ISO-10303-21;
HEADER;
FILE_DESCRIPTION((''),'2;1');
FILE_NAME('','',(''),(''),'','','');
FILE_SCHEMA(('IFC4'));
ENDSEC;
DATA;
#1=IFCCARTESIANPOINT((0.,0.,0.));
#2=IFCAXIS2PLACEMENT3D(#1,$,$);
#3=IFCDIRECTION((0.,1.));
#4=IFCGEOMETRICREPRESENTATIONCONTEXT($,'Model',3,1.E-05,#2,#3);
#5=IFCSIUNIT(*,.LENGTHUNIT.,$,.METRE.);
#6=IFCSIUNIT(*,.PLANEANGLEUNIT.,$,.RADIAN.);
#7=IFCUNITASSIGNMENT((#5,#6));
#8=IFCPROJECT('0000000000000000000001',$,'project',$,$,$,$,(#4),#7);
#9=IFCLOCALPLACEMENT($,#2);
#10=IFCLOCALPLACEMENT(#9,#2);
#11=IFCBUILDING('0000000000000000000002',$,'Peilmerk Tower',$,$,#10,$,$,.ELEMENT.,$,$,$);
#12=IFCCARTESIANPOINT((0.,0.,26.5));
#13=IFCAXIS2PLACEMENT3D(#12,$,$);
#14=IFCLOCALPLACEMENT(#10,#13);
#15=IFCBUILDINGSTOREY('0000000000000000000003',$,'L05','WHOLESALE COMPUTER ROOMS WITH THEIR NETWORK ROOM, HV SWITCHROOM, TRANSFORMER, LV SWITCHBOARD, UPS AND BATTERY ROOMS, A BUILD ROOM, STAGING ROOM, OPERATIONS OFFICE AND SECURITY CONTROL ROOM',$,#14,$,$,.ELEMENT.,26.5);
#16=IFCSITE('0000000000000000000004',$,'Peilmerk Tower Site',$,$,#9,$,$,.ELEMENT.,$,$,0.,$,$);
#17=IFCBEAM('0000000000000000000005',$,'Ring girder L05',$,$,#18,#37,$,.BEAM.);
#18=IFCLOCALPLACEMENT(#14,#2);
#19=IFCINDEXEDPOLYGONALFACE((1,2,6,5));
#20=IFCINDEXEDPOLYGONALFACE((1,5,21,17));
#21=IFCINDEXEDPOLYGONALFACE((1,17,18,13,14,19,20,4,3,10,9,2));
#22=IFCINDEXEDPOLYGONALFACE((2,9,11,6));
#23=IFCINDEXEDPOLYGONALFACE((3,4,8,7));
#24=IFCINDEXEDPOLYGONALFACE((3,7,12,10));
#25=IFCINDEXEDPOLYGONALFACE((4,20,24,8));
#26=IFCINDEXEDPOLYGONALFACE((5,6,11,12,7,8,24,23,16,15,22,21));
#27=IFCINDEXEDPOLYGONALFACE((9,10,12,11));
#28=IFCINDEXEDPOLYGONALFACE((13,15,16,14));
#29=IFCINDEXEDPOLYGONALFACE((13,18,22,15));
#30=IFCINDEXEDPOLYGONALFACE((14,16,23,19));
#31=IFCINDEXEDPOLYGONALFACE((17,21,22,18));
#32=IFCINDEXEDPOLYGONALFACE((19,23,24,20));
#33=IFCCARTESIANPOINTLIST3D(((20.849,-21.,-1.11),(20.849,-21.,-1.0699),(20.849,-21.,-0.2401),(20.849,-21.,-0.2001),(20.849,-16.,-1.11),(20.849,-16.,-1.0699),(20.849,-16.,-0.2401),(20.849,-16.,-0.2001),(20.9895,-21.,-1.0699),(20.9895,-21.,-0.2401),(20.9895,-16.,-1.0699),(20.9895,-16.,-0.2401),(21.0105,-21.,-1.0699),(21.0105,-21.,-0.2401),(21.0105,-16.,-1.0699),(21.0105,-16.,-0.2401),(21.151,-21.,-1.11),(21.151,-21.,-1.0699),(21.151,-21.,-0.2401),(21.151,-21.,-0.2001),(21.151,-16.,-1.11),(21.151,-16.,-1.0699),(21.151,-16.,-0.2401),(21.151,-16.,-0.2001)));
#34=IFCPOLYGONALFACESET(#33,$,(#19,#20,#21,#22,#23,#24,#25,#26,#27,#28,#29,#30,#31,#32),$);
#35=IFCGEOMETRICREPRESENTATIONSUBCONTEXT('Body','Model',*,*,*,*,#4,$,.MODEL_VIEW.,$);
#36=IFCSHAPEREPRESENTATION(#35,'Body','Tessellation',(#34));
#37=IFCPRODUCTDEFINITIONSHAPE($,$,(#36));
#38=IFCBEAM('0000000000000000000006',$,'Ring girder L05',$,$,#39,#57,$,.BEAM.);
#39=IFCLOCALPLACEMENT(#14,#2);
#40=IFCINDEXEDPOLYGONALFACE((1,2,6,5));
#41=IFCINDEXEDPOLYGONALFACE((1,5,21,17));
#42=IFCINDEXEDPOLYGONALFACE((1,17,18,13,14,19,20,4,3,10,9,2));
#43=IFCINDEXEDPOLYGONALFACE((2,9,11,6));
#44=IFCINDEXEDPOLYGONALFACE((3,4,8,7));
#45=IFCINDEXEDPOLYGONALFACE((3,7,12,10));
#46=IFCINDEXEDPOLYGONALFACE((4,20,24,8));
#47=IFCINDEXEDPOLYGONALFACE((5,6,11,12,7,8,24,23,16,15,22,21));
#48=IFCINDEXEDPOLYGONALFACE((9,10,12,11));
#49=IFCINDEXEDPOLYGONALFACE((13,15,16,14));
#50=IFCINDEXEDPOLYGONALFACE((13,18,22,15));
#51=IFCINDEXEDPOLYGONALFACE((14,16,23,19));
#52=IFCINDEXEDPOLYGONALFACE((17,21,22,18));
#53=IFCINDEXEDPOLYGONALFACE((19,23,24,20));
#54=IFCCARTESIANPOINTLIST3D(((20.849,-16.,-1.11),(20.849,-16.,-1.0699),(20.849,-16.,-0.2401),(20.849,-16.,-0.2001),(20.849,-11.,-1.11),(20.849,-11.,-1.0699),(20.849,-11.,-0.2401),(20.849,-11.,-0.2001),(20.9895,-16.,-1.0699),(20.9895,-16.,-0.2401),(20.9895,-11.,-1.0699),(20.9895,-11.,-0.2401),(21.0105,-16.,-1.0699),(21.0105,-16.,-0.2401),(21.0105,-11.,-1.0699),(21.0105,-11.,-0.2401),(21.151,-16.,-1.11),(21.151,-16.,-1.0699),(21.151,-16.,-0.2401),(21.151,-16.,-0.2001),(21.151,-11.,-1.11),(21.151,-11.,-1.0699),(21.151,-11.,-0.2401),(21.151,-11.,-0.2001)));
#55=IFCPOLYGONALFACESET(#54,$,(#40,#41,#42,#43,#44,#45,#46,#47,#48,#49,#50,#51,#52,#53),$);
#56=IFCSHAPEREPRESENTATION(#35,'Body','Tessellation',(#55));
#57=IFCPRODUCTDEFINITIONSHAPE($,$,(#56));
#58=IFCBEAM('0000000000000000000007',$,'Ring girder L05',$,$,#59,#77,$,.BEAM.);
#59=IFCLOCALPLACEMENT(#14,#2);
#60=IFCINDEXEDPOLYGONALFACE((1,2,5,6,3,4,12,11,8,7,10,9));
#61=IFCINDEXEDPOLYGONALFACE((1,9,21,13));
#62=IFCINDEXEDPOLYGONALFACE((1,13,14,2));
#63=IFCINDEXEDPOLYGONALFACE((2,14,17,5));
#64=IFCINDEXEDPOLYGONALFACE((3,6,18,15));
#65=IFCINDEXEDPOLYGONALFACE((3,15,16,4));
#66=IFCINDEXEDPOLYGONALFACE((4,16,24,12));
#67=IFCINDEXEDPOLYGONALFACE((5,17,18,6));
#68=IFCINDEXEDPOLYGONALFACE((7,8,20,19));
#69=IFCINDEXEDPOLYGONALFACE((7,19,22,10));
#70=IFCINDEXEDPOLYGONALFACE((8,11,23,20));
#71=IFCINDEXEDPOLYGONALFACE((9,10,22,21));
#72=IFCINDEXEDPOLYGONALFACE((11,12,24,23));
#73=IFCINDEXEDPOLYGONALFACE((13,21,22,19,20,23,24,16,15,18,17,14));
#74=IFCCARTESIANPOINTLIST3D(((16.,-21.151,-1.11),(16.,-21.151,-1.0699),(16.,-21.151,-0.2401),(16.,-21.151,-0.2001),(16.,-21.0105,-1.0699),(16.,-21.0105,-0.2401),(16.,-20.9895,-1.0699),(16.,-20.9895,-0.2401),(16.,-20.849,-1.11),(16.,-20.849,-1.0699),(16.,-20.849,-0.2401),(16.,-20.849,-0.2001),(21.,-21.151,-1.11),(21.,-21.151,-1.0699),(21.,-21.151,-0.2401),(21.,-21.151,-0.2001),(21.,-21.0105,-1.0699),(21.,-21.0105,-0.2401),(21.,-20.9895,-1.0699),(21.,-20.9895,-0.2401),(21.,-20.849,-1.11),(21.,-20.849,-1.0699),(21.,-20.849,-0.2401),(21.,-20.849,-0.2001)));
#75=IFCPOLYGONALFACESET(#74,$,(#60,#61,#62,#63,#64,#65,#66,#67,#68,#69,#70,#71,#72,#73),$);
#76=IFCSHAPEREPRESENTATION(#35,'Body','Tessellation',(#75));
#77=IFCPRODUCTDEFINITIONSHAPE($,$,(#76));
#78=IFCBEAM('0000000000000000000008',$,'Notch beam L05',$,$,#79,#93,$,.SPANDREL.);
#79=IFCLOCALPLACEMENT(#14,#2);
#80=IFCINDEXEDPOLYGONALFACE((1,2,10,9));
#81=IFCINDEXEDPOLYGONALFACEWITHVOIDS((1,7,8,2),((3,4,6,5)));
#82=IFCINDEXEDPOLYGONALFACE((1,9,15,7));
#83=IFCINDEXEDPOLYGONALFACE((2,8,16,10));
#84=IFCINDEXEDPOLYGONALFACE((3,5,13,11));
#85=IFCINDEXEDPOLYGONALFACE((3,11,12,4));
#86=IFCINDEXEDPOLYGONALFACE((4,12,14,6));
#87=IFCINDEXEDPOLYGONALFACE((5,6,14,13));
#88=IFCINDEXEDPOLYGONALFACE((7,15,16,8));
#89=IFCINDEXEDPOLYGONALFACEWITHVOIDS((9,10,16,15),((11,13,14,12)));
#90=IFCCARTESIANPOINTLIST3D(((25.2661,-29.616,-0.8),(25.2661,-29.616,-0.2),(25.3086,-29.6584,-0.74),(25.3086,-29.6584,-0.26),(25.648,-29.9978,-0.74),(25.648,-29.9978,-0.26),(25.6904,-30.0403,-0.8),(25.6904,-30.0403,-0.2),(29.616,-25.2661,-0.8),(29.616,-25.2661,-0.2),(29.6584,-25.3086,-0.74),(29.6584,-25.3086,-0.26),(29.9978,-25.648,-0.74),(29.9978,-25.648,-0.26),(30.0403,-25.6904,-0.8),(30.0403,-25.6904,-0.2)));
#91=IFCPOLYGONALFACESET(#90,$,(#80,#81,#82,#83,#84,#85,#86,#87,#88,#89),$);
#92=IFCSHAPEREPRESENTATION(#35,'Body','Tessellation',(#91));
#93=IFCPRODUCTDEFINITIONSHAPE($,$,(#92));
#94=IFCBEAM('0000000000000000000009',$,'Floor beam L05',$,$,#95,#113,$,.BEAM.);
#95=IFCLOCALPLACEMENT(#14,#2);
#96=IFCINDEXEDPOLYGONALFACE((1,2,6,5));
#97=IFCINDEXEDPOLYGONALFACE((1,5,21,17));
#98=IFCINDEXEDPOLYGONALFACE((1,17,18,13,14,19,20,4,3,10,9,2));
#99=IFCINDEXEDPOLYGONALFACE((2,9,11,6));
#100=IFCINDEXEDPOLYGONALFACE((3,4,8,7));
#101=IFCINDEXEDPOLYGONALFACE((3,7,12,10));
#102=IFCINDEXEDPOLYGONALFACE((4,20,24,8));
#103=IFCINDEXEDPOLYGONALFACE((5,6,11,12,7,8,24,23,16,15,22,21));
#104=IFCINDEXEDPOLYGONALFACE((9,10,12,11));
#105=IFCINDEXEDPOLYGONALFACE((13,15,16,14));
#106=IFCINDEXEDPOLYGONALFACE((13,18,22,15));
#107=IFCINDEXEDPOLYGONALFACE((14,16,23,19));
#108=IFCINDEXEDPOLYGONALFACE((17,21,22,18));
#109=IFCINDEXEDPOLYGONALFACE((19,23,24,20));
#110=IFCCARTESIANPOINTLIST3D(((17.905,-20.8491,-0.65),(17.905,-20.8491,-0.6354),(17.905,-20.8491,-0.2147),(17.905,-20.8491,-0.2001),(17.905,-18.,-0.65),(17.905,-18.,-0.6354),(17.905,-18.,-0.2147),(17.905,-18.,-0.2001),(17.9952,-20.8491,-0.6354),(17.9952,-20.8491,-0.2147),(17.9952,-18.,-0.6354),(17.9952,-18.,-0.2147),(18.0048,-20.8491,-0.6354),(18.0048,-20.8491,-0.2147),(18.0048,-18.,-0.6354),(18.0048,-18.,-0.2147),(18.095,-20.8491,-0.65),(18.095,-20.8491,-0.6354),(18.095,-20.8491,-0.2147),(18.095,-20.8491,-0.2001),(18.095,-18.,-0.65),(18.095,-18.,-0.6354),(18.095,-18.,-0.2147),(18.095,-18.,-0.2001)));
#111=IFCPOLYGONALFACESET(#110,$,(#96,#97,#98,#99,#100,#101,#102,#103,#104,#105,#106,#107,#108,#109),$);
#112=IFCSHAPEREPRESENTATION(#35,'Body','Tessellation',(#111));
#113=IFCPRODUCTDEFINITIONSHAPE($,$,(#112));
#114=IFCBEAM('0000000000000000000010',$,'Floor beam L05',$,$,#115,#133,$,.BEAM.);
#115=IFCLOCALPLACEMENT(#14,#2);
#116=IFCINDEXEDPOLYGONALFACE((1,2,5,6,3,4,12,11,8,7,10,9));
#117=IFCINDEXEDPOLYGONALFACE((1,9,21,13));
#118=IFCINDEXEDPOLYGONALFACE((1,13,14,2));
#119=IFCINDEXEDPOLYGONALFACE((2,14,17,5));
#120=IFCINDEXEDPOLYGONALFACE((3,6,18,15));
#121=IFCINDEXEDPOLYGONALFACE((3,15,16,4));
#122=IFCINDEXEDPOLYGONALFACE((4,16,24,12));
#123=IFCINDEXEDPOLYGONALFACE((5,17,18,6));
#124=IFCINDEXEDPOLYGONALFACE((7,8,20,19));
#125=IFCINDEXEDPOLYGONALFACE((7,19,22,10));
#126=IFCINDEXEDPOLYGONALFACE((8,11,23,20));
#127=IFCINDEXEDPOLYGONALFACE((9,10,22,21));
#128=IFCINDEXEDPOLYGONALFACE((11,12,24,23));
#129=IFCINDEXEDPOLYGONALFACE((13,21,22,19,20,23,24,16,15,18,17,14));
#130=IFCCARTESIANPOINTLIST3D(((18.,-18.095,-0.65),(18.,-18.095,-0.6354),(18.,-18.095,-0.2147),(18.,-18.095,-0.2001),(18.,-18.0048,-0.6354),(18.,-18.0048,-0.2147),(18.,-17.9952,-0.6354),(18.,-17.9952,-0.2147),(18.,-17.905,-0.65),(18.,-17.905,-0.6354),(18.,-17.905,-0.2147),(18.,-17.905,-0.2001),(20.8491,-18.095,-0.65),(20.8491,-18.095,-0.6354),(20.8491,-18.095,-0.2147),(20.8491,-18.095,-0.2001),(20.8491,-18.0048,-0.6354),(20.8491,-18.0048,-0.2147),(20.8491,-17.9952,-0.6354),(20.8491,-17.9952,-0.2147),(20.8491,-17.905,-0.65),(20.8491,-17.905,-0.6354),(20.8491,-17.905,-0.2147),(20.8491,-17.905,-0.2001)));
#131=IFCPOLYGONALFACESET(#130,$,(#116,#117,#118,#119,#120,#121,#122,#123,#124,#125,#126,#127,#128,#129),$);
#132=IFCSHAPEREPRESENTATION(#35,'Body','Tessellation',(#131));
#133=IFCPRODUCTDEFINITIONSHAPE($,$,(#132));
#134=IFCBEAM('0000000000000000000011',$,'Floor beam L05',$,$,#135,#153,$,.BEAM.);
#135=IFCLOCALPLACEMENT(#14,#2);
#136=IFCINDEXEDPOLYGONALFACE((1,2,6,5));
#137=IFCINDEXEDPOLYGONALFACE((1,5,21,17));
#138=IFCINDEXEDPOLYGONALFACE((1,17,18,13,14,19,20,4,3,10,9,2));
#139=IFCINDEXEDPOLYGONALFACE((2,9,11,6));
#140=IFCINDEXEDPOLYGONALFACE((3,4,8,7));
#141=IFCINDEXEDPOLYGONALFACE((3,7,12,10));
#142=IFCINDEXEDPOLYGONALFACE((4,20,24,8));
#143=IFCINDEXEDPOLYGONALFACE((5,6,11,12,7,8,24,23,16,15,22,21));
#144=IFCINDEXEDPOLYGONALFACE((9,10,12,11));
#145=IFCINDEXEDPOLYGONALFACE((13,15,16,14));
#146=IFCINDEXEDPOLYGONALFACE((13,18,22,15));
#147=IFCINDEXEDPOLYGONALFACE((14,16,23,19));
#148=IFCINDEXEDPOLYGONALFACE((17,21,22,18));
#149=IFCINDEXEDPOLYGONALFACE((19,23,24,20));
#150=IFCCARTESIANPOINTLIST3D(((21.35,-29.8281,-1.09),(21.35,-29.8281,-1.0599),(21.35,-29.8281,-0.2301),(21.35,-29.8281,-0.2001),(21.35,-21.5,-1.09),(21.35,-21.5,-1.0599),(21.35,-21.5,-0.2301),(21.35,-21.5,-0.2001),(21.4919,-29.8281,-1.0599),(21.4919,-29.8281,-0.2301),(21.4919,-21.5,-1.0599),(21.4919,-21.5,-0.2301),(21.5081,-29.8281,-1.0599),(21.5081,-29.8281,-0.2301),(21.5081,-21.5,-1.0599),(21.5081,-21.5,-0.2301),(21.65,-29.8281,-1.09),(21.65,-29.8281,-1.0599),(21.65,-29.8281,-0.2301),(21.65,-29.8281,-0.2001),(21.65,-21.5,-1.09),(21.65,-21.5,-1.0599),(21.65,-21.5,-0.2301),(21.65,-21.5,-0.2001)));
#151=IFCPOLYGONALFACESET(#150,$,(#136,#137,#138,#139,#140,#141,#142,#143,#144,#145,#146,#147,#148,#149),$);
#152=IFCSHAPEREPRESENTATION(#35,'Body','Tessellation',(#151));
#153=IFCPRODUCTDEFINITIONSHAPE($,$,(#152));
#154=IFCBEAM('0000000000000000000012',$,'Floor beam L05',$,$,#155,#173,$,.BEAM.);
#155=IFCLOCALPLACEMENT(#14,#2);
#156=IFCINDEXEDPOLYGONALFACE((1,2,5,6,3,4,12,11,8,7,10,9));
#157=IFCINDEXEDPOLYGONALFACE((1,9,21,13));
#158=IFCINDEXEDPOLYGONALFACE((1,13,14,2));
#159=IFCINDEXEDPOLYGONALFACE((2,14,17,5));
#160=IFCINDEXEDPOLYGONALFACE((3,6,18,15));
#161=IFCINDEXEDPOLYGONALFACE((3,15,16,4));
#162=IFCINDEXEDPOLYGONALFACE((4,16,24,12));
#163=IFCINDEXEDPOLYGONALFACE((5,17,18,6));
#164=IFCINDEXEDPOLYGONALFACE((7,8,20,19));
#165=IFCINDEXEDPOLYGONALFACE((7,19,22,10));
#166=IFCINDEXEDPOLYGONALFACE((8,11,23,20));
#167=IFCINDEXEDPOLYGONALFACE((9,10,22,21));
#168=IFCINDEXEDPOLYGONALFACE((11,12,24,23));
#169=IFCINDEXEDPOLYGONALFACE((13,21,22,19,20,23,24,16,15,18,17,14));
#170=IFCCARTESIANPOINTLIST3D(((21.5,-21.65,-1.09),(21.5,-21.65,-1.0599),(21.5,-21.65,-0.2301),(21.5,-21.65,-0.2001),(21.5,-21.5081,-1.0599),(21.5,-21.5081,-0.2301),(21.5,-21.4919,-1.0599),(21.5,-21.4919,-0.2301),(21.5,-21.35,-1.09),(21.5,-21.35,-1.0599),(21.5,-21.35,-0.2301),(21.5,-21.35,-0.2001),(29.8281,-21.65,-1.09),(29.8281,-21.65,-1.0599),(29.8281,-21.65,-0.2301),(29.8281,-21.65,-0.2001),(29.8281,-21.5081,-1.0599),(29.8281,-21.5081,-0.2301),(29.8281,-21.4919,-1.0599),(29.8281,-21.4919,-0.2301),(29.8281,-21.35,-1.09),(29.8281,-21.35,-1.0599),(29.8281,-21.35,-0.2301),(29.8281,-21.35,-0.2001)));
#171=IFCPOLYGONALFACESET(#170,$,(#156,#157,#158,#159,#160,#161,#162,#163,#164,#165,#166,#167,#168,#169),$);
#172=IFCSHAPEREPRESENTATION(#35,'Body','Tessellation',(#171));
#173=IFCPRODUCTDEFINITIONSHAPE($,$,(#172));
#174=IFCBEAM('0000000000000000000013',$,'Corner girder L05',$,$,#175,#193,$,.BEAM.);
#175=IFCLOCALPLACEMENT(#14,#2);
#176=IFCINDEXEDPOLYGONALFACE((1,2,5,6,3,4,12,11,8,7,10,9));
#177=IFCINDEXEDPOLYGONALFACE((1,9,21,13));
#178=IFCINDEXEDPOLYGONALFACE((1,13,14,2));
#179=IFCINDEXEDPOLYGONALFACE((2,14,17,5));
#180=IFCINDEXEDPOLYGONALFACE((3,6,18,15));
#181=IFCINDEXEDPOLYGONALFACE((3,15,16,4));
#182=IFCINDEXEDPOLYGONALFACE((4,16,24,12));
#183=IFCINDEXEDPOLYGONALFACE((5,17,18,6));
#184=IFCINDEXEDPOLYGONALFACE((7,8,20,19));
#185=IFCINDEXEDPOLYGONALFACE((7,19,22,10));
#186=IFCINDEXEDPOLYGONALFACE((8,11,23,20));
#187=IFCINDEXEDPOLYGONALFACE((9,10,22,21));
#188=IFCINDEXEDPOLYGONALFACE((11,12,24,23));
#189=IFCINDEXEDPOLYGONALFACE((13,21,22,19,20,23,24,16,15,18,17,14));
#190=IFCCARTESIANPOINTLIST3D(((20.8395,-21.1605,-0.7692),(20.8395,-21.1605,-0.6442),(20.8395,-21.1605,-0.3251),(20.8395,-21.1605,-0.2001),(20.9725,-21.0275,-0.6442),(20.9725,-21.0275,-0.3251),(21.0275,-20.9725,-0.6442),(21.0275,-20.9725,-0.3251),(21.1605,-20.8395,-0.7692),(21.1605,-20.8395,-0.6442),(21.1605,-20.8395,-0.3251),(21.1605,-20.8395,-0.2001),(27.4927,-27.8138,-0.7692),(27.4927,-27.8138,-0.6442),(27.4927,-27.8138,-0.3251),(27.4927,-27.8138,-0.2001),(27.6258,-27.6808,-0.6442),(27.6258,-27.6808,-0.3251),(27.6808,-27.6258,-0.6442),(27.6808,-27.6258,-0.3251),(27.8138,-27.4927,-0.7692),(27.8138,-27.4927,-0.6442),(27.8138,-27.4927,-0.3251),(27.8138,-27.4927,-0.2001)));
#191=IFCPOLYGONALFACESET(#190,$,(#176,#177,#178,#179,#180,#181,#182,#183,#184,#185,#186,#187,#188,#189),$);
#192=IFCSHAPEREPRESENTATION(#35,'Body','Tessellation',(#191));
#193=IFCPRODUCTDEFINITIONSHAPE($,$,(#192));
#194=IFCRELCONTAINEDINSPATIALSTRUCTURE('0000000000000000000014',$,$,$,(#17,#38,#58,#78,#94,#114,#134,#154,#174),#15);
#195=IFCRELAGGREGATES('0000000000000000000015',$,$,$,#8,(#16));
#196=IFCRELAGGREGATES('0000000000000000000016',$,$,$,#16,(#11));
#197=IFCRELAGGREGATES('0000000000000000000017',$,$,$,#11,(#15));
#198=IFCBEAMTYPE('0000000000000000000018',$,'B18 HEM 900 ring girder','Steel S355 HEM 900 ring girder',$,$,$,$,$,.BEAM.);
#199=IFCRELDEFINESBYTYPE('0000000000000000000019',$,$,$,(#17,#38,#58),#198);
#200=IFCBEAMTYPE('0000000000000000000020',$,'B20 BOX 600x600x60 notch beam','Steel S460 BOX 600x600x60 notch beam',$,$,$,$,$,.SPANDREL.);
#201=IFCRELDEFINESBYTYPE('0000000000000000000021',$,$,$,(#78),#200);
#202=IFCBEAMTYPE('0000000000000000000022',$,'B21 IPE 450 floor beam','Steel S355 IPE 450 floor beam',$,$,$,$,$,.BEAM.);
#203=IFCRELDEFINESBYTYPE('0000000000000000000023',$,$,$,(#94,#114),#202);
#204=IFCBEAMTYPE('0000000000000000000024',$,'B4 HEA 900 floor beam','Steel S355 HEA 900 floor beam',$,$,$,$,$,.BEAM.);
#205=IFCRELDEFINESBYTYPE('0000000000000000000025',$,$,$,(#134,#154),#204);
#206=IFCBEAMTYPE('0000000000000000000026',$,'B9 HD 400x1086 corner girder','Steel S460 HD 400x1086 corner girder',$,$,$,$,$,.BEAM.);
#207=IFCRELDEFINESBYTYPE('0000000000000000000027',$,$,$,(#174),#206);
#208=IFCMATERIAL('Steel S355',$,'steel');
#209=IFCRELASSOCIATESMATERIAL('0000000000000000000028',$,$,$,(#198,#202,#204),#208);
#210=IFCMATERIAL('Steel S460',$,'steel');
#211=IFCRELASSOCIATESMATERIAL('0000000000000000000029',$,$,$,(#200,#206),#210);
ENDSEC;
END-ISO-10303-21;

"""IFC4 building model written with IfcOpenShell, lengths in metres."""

from ifc_helpers import new_model, si_unit, direction, frame, origin, origin_2d, place, context, subcontext, project, spatial, hollow_rectangle, i_section, extrude, material, material_profile, profile_set, type_object, element, save


model = new_model("IFC4")

# Units and contexts
model_context = context("Model", 3, precision=1e-05, world=origin(), true_north=direction((0.0, 1.0)))
body_context = subcontext(model_context, "Body", "Model", "MODEL_VIEW")
ifc_project = project(units=[si_unit("LENGTHUNIT", "METRE"), si_unit("PLANEANGLEUNIT", "RADIAN")], contexts=[model_context])

# Site, building, storey
site_placement = place(None, origin())
site = spatial("IfcSite", under=ifc_project, at=site_placement, Name="Peilmerk Tower Site", CompositionType="ELEMENT", RefElevation=0.0)
building_placement = place(site_placement, origin())
building = spatial("IfcBuilding", under=site, at=building_placement, Name="Peilmerk Tower", CompositionType="ELEMENT")
storey_placement = place(building_placement, frame((0.0, 0.0, 26.5)))
storey = spatial("IfcBuildingStorey", under=building, at=storey_placement, Name="L05", Description="WHOLESALE COMPUTER ROOMS WITH THEIR NETWORK ROOM, HV SWITCHROOM, TRANSFORMER, LV SWITCHBOARD, UPS AND BATTERY ROOMS, A BUILD ROOM, STAGING ROOM, OPERATIONS OFFICE AND SECURITY CONTROL ROOM", CompositionType="ELEMENT", Elevation=26.5)

# Beams
ifc_material_1 = material(Name="Steel S355", Category="steel")
ifc_material_2 = material(Name="Steel S460", Category="steel")
ifc_material_profile_1 = material_profile(ifc_material_1, i_section(OverallWidth=0.302, OverallDepth=0.9099, WebThickness=0.021, FlangeThickness=0.04, at=origin_2d()), Name="HEM 900")
ifc_profile_set_1 = profile_set([ifc_material_profile_1], Name="Steel S355")
beam_type_1 = type_object("IfcBeamType", Name="B18 HEM 900 ring girder", Description="Steel S355 HEM 900 ring girder", PredefinedType="BEAM", material=ifc_profile_set_1)
for number, where, z_axis, x_axis, name in (
    (1, (21.0, -21.0, -0.655), (0.0, 1.0, 0.0), (-1.0, 0.0, 0.0), "Ring girder L05"),
    (2, (21.0, -16.0, -0.655), (0.0, 1.0, 0.0), (-1.0, 0.0, 0.0), "Ring girder L05"),
    (3, (16.0, -21.0, -0.655), (1.0, 0.0, 0.0), (0.0, 1.0, 0.0), "Ring girder L05"),
):
    element("IfcBeam", number, at=place(storey_placement, frame(where, z_axis=z_axis, x_axis=x_axis)), inside=storey, type_object=beam_type_1, Name=name, PredefinedType="BEAM", context=body_context, shape_type="SweptSolid", body=[
        extrude(i_section(OverallWidth=0.302, OverallDepth=0.9099, WebThickness=0.021, FlangeThickness=0.04, at=origin_2d()), origin(), (0.0, 0.0, 1.0), 5.0),
    ])
ifc_material_profile_2 = material_profile(ifc_material_2, hollow_rectangle(XDim=0.6001, YDim=0.6001, WallThickness=0.0601, at=origin_2d()), Name="BOX 600x600x60")
ifc_profile_set_2 = profile_set([ifc_material_profile_2], Name="Steel S460")
beam_type_2 = type_object("IfcBeamType", Name="B20 BOX 600x600x60 notch beam", Description="Steel S460 BOX 600x600x60 notch beam", PredefinedType="SPANDREL", material=ifc_profile_set_2)
beam_1_placement = place(storey_placement, frame((29.8281, -25.4783, -0.5), z_axis=(-0.707107, -0.707107, 0.0), x_axis=(0.707107, -0.707107, 0.0)))
element("IfcBeam", 4, at=beam_1_placement, inside=storey, type_object=beam_type_2, Name="Notch beam L05", PredefinedType="SPANDREL", context=body_context, shape_type="SweptSolid", body=[
    extrude(hollow_rectangle(XDim=0.6001, YDim=0.6001, WallThickness=0.0601, at=origin_2d()), origin(), (0.0, 0.0, 1.0), 6.1516),
])
ifc_material_profile_3 = material_profile(ifc_material_1, i_section(OverallWidth=0.1899, OverallDepth=0.45, WebThickness=0.0095, FlangeThickness=0.0146, at=origin_2d()), Name="IPE 450")
ifc_profile_set_3 = profile_set([ifc_material_profile_3], Name="Steel S355")
beam_type_3 = type_object("IfcBeamType", Name="B21 IPE 450 floor beam", Description="Steel S355 IPE 450 floor beam", PredefinedType="BEAM", material=ifc_profile_set_3)
for number, where, z_axis, x_axis, name in (
    (5, (18.0, -18.0, -0.425), (0.0, -1.0, 0.0), (1.0, 0.0, 0.0), "Floor beam L05"),
    (6, (18.0, -18.0, -0.425), (1.0, 0.0, 0.0), (0.0, 1.0, 0.0), "Floor beam L05"),
):
    element("IfcBeam", number, at=place(storey_placement, frame(where, z_axis=z_axis, x_axis=x_axis)), inside=storey, type_object=beam_type_3, Name=name, PredefinedType="BEAM", context=body_context, shape_type="SweptSolid", body=[
        extrude(i_section(OverallWidth=0.1899, OverallDepth=0.45, WebThickness=0.0095, FlangeThickness=0.0146, at=origin_2d()), origin(), (0.0, 0.0, 1.0), 2.8491),
    ])
ifc_material_profile_4 = material_profile(ifc_material_1, i_section(OverallWidth=0.3, OverallDepth=0.8899, WebThickness=0.0161, FlangeThickness=0.03, at=origin_2d()), Name="HEA 900")
ifc_profile_set_4 = profile_set([ifc_material_profile_4], Name="Steel S355")
beam_type_4 = type_object("IfcBeamType", Name="B4 HEA 900 floor beam", Description="Steel S355 HEA 900 floor beam", PredefinedType="BEAM", material=ifc_profile_set_4)
for number, where, z_axis, x_axis, name in (
    (7, (21.5, -21.5, -0.645), (0.0, -1.0, 0.0), (1.0, 0.0, 0.0), "Floor beam L05"),
    (8, (21.5, -21.5, -0.645), (1.0, 0.0, 0.0), (0.0, 1.0, 0.0), "Floor beam L05"),
):
    element("IfcBeam", number, at=place(storey_placement, frame(where, z_axis=z_axis, x_axis=x_axis)), inside=storey, type_object=beam_type_4, Name=name, PredefinedType="BEAM", context=body_context, shape_type="SweptSolid", body=[
        extrude(i_section(OverallWidth=0.3, OverallDepth=0.8899, WebThickness=0.0161, FlangeThickness=0.03, at=origin_2d()), origin(), (0.0, 0.0, 1.0), 8.3281),
    ])
ifc_material_profile_5 = material_profile(ifc_material_2, i_section(OverallWidth=0.4541, OverallDepth=0.5691, WebThickness=0.0779, FlangeThickness=0.125, at=origin_2d()), Name="HD 400x1086")
ifc_profile_set_5 = profile_set([ifc_material_profile_5], Name="Steel S460")
beam_type_5 = type_object("IfcBeamType", Name="B9 HD 400x1086 corner girder", Description="Steel S460 HD 400x1086 corner girder", PredefinedType="BEAM", material=ifc_profile_set_5)
beam_2_placement = place(storey_placement, frame((21.0, -21.0, -0.4846), z_axis=(0.707107, -0.707107, 0.0), x_axis=(0.707107, 0.707107, 0.0)))
element("IfcBeam", 9, at=beam_2_placement, inside=storey, type_object=beam_type_5, Name="Corner girder L05", PredefinedType="BEAM", context=body_context, shape_type="SweptSolid", body=[
    extrude(i_section(OverallWidth=0.4541, OverallDepth=0.5691, WebThickness=0.0779, FlangeThickness=0.125, at=origin_2d()), origin(), (0.0, 0.0, 1.0), 9.4092),
])

save(model, "model.ifc")
